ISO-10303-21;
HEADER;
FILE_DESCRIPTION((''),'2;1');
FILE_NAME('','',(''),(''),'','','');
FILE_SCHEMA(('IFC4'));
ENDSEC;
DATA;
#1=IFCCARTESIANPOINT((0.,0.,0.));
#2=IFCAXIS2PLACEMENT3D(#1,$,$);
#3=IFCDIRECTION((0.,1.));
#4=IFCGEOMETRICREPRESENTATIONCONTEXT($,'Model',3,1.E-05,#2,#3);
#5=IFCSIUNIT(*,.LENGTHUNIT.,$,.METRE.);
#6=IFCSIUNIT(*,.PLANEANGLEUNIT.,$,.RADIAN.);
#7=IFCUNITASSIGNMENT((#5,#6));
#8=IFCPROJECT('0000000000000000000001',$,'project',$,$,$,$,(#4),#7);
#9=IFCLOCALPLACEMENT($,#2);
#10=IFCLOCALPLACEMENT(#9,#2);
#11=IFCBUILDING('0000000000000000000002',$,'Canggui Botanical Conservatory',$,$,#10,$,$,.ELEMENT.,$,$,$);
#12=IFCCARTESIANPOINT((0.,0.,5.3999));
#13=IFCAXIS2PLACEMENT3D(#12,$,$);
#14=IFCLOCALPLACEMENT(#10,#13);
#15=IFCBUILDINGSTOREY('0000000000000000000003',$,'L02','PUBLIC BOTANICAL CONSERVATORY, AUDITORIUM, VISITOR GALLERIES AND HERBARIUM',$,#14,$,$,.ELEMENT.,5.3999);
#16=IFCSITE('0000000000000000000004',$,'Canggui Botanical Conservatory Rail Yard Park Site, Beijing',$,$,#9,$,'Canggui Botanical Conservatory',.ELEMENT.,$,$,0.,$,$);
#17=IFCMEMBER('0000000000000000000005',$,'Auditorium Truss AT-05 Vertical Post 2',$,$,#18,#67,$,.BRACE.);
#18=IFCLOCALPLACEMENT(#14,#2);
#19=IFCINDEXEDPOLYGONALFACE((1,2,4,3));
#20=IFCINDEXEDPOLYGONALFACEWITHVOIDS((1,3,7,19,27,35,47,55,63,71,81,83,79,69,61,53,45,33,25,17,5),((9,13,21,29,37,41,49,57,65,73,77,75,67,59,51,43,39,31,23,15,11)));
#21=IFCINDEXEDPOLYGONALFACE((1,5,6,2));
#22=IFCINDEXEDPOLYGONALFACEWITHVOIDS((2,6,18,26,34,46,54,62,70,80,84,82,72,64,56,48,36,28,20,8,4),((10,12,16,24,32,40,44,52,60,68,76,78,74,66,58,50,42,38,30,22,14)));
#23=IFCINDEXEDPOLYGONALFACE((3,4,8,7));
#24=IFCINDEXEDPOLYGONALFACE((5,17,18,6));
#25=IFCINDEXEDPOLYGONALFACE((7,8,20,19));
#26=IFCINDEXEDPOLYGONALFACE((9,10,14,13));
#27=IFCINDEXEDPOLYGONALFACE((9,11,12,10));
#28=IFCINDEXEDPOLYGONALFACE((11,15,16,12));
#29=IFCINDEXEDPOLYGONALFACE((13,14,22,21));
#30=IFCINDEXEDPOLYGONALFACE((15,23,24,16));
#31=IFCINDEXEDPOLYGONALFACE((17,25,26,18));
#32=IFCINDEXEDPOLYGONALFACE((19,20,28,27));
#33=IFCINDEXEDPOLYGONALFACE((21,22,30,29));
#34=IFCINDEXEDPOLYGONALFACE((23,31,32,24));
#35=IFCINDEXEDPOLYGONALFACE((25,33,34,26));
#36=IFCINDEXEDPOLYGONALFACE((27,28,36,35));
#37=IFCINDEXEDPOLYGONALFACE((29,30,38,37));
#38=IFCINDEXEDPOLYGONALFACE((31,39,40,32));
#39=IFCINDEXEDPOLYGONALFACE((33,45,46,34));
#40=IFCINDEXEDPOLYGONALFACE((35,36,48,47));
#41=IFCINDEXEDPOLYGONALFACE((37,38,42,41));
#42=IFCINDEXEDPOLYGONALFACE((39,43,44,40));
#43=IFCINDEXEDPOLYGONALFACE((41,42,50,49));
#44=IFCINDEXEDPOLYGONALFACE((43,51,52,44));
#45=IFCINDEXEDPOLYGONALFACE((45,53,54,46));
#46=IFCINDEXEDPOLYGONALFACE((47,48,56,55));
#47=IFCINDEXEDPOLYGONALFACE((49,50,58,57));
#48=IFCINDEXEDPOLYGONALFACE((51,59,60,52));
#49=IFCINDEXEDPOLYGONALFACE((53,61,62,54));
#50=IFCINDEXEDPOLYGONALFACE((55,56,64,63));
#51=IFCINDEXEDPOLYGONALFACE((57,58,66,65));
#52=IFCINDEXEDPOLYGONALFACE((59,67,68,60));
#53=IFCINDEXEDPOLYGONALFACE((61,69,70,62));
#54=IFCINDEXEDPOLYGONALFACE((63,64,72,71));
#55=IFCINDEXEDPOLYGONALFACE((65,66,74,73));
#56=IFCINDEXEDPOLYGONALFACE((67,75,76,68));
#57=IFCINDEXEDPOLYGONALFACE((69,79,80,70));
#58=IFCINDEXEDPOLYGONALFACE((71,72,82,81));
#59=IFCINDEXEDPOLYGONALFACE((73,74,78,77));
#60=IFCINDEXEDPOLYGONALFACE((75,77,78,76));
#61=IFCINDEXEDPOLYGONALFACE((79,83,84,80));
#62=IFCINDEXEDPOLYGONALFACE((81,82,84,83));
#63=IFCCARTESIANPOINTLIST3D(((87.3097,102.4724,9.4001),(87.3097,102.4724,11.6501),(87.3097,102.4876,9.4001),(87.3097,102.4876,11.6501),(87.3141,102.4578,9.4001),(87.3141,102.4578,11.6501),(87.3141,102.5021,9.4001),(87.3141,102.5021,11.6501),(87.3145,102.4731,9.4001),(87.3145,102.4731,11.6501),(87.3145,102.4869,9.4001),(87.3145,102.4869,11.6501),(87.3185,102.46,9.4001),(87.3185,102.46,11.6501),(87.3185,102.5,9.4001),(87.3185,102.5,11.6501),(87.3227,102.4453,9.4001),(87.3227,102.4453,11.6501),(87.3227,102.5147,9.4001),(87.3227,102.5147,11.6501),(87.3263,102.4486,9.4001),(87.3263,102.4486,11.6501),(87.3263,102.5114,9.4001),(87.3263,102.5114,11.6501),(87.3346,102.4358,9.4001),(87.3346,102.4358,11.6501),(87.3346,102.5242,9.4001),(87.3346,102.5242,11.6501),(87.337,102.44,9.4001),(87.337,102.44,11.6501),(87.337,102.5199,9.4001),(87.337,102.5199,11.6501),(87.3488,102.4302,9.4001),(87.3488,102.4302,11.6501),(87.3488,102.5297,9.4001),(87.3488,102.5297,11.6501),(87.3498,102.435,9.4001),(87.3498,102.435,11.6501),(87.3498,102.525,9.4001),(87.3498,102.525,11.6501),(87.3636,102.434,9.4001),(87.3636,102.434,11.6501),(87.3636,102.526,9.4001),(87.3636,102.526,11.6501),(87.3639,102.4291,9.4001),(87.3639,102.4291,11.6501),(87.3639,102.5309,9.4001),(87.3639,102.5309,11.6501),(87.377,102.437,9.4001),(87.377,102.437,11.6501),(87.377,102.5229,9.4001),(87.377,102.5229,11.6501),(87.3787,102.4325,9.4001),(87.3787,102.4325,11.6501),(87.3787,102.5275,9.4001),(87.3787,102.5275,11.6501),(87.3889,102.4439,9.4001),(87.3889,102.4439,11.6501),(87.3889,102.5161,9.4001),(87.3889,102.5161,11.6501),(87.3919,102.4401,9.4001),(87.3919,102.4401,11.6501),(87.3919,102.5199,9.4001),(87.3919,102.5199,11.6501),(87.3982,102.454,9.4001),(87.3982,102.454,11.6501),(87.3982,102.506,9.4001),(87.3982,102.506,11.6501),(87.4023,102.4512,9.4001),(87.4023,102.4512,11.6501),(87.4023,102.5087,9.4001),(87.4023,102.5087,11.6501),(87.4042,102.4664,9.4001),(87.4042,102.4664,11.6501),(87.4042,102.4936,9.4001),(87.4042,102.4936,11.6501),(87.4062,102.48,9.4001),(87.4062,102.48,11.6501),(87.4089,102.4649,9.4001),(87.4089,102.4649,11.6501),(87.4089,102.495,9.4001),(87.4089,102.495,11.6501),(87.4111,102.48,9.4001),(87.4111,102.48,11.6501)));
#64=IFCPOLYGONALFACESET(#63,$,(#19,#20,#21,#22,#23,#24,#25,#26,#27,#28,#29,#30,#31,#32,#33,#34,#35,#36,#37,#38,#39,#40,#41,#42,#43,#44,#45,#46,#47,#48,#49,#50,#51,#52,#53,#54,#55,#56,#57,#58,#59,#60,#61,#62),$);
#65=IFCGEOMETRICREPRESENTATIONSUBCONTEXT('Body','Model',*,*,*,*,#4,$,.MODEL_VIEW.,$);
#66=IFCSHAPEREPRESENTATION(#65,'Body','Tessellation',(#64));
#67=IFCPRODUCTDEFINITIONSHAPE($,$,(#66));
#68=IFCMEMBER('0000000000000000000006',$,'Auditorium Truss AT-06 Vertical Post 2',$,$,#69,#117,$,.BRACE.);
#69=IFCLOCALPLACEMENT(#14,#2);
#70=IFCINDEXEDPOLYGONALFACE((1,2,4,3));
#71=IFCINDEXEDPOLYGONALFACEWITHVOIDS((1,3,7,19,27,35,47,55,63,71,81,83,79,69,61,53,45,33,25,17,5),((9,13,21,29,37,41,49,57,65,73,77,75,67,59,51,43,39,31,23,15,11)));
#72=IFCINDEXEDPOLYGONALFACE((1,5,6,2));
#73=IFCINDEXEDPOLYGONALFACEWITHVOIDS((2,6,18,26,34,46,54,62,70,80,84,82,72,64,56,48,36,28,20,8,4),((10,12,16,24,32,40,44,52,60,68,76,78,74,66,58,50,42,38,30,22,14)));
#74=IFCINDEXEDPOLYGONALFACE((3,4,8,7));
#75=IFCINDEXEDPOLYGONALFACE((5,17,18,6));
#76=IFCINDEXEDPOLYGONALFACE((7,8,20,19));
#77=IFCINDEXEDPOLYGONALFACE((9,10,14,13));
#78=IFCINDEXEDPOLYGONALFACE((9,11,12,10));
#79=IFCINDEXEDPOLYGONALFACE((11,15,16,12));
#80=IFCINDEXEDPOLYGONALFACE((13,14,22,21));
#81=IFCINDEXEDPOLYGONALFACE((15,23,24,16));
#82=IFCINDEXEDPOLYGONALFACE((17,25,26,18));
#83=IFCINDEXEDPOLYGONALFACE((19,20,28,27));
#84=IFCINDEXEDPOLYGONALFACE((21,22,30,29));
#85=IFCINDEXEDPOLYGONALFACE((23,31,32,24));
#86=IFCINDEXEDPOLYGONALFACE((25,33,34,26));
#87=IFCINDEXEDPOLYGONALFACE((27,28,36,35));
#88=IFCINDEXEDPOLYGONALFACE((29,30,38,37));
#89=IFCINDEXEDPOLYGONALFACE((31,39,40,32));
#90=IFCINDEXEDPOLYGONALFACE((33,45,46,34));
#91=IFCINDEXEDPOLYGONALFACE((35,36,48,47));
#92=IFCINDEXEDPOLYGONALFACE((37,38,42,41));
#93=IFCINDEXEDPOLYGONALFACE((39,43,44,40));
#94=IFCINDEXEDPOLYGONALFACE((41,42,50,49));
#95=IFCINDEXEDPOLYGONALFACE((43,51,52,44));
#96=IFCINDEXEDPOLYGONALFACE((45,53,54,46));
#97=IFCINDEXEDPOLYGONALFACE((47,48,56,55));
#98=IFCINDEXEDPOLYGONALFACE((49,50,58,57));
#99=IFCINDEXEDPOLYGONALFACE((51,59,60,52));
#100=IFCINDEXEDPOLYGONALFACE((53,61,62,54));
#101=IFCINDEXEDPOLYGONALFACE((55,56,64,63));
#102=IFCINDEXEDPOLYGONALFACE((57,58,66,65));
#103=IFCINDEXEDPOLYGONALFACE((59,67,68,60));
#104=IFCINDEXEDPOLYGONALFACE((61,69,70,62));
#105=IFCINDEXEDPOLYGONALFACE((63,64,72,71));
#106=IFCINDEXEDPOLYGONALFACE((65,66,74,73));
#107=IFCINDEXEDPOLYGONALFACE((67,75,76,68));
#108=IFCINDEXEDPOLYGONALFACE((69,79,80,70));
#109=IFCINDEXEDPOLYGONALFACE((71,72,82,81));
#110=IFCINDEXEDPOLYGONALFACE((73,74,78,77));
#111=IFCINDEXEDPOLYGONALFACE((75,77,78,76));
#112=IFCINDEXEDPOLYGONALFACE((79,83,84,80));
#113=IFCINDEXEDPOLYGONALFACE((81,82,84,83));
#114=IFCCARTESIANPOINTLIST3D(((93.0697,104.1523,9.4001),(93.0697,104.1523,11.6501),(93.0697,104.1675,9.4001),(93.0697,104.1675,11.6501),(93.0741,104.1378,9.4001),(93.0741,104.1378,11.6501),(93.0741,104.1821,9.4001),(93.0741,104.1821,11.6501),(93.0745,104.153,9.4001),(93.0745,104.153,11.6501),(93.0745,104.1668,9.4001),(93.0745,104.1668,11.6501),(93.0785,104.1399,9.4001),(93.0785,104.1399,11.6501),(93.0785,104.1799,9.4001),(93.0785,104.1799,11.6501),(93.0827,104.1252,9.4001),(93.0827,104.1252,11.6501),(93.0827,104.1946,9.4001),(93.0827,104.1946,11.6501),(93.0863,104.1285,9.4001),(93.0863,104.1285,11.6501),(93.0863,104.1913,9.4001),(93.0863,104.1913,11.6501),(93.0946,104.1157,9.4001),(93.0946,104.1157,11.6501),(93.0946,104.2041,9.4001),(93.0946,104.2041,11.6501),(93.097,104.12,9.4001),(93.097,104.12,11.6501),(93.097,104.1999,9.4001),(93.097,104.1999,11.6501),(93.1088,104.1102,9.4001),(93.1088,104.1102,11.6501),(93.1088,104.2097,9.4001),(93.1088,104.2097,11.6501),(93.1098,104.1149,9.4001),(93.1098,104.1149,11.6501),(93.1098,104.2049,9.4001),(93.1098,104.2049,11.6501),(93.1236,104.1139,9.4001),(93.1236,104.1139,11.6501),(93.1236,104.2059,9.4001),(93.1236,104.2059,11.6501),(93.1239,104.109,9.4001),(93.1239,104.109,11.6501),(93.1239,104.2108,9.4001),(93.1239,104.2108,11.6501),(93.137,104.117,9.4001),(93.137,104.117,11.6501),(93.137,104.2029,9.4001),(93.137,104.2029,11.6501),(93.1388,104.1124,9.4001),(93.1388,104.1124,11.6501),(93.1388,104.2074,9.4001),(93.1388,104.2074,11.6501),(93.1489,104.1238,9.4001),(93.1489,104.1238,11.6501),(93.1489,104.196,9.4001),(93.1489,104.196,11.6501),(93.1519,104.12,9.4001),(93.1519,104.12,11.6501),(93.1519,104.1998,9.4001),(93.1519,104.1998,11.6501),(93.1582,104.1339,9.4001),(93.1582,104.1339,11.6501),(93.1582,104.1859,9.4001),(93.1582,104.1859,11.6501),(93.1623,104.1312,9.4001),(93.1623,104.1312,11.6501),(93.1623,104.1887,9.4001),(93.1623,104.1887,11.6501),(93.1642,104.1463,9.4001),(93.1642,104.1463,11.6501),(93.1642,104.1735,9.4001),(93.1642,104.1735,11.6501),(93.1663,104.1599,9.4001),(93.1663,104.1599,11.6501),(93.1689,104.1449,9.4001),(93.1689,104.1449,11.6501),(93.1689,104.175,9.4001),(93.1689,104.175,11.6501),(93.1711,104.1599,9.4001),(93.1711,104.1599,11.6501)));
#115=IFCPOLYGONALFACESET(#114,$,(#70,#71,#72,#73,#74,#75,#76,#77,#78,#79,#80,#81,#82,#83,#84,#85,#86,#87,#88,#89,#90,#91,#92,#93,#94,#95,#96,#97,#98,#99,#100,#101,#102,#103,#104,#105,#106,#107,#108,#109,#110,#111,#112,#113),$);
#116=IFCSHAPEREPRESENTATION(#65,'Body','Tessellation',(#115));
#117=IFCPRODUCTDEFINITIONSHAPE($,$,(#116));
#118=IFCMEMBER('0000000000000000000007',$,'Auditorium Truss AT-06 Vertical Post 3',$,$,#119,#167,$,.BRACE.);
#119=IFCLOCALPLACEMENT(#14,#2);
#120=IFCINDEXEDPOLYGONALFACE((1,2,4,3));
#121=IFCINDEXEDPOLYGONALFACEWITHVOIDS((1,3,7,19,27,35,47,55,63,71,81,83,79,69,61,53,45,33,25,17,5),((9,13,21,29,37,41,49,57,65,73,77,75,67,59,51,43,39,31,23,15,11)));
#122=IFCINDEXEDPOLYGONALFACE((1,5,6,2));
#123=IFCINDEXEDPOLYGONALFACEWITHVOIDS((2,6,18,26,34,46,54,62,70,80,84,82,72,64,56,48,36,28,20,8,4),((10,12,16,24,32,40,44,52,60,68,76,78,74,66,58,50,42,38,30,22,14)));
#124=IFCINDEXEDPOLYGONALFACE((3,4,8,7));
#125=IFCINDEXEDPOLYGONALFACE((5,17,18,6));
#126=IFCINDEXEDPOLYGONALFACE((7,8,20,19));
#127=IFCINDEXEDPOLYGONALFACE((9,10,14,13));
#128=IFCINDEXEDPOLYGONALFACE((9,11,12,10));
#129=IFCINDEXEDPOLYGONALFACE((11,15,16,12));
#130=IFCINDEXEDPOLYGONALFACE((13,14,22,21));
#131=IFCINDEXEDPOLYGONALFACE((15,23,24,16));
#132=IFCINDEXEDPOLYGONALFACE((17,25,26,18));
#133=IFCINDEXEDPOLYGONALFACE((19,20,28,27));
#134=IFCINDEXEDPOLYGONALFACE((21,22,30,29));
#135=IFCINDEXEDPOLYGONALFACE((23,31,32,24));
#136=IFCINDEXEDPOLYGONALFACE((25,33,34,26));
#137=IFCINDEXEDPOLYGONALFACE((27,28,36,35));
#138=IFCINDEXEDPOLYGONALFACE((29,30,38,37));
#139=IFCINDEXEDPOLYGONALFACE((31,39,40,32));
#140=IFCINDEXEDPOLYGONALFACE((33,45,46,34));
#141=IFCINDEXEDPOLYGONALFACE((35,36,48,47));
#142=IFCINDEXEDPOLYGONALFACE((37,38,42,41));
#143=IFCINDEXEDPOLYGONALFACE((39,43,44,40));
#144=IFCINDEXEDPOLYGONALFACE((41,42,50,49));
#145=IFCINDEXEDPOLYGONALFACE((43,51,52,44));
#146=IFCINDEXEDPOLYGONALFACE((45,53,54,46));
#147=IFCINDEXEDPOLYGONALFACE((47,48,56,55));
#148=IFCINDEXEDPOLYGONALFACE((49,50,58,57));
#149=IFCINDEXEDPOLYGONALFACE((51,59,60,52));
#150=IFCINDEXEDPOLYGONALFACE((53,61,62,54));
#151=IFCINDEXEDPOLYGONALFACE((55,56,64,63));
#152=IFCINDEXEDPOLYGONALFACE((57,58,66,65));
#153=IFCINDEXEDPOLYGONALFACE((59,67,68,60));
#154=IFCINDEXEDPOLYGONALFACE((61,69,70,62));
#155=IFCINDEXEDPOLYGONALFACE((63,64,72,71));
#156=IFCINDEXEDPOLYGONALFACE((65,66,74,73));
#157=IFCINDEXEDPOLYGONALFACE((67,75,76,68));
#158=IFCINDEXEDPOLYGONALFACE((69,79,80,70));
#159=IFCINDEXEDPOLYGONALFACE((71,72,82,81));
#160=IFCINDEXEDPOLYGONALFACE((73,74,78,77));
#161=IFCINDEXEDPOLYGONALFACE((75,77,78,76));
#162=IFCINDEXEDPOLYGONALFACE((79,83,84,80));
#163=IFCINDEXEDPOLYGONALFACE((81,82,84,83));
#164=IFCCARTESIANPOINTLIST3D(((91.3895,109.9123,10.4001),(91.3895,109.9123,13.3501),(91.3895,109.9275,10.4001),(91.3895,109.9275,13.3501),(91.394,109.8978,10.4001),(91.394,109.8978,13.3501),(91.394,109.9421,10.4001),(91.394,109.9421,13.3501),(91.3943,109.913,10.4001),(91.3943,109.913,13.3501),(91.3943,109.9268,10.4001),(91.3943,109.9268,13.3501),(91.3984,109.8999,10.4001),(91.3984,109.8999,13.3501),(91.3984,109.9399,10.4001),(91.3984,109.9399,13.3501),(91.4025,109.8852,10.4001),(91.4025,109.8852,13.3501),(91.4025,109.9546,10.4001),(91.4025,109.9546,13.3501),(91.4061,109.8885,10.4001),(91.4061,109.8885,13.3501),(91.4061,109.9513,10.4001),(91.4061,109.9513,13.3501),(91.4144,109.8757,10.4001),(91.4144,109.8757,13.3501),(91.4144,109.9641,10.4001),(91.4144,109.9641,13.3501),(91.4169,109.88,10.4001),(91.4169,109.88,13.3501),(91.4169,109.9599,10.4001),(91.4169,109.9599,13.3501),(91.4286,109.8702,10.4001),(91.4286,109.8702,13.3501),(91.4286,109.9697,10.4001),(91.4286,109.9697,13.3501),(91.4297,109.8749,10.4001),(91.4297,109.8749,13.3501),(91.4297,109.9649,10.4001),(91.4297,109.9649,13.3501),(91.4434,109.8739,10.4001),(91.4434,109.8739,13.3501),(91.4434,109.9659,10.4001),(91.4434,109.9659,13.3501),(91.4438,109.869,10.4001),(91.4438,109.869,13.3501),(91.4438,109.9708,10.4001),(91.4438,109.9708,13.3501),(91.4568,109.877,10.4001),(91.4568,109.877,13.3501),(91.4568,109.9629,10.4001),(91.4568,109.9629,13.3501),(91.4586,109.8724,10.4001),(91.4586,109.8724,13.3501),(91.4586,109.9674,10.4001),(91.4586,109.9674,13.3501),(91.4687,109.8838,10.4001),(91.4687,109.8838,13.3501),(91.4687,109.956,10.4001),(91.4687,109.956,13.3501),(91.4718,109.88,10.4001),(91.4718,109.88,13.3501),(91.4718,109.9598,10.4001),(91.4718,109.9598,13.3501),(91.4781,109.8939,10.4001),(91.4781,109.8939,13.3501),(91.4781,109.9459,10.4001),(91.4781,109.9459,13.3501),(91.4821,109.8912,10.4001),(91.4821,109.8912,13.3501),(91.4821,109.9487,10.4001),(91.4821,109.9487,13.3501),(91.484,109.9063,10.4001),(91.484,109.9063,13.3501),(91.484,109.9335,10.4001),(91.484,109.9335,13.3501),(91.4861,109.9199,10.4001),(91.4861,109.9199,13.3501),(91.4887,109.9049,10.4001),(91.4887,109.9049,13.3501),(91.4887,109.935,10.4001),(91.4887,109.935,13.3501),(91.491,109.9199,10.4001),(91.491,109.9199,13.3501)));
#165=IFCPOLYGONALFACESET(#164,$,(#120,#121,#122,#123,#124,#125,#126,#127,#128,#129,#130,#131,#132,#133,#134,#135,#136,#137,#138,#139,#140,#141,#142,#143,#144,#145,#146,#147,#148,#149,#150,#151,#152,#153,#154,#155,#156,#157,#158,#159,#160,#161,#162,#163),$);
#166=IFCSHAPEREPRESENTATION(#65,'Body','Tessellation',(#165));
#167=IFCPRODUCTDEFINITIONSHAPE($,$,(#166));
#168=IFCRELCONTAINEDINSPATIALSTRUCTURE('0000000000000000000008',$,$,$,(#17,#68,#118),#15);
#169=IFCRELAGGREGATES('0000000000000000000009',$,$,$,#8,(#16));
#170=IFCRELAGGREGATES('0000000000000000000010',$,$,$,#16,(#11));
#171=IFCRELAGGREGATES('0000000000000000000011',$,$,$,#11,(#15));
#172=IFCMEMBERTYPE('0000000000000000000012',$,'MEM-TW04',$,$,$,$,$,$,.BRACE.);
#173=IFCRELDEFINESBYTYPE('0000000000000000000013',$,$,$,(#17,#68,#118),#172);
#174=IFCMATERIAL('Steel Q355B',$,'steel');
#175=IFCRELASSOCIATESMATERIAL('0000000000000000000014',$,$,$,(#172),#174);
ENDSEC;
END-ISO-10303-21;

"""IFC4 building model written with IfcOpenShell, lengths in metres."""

from ifc_helpers import new_model, si_unit, direction, frame, origin, origin_2d, place, context, subcontext, project, spatial, hollow_circle, extrude, material, material_profile, profile_set, type_object, element, save


model = new_model("IFC4")

# Units and contexts
model_context = context("Model", 3, precision=1e-05, world=origin(), true_north=direction((0.0, 1.0)))
body_context = subcontext(model_context, "Body", "Model", "MODEL_VIEW")
ifc_project = project(units=[si_unit("LENGTHUNIT", "METRE"), si_unit("PLANEANGLEUNIT", "RADIAN")], contexts=[model_context])

# Site, building, storey
site_placement = place(None, origin())
site = spatial("IfcSite", under=ifc_project, at=site_placement, Name="Canggui Botanical Conservatory Rail Yard Park Site, Beijing", LongName="Canggui Botanical Conservatory", CompositionType="ELEMENT", RefElevation=0.0)
building_placement = place(site_placement, origin())
building = spatial("IfcBuilding", under=site, at=building_placement, Name="Canggui Botanical Conservatory", CompositionType="ELEMENT")
storey_placement = place(building_placement, frame((0.0, 0.0, 5.3999)))
storey = spatial("IfcBuildingStorey", under=building, at=storey_placement, Name="L02", Description="PUBLIC BOTANICAL CONSERVATORY, AUDITORIUM, VISITOR GALLERIES AND HERBARIUM", CompositionType="ELEMENT", Elevation=5.3999)

# Shared definitions
ifc_material_1 = material(Name="Steel Q355B", Category="steel")

# Members
ifc_material_profile_1 = material_profile(ifc_material_1, hollow_circle(Radius=0.051, WallThickness=0.0049, at=origin_2d()), Name="CHS 102x5")
ifc_profile_set_1 = profile_set([ifc_material_profile_1], Name="Steel Q355B")
member_type_1 = type_object("IfcMemberType", Name="MEM-TW04", PredefinedType="BRACE", material=ifc_profile_set_1)
for number, where, z_axis, x_axis, name in (
    (1, (87.3601, 102.48, 9.4001), (0.0, 0.0, 1.0), (1.0, 0.0, 0.0), "Auditorium Truss AT-05 Vertical Post 2"),
    (2, (93.1201, 104.1599, 9.4001), (0.0, 0.0, 1.0), (1.0, 0.0, 0.0), "Auditorium Truss AT-06 Vertical Post 2"),
):
    element("IfcMember", number, at=place(storey_placement, frame(where, z_axis=z_axis, x_axis=x_axis)), inside=storey, type_object=member_type_1, Name=name, PredefinedType="BRACE", context=body_context, shape_type="SweptSolid", body=[
        extrude(hollow_circle(Radius=0.051, WallThickness=0.0049, at=origin_2d()), origin(), (0.0, 0.0, 1.0), 2.25),
    ])
member_1_placement = place(storey_placement, frame((91.4399, 109.9199, 10.4001), z_axis=(0.0, 0.0, 1.0), x_axis=(1.0, 0.0, 0.0)))
element("IfcMember", 3, at=member_1_placement, inside=storey, type_object=member_type_1, Name="Auditorium Truss AT-06 Vertical Post 3", PredefinedType="BRACE", context=body_context, shape_type="SweptSolid", body=[
    extrude(hollow_circle(Radius=0.051, WallThickness=0.0049, at=origin_2d()), origin(), (0.0, 0.0, 1.0), 2.95),
])

save(model, "model.ifc")
